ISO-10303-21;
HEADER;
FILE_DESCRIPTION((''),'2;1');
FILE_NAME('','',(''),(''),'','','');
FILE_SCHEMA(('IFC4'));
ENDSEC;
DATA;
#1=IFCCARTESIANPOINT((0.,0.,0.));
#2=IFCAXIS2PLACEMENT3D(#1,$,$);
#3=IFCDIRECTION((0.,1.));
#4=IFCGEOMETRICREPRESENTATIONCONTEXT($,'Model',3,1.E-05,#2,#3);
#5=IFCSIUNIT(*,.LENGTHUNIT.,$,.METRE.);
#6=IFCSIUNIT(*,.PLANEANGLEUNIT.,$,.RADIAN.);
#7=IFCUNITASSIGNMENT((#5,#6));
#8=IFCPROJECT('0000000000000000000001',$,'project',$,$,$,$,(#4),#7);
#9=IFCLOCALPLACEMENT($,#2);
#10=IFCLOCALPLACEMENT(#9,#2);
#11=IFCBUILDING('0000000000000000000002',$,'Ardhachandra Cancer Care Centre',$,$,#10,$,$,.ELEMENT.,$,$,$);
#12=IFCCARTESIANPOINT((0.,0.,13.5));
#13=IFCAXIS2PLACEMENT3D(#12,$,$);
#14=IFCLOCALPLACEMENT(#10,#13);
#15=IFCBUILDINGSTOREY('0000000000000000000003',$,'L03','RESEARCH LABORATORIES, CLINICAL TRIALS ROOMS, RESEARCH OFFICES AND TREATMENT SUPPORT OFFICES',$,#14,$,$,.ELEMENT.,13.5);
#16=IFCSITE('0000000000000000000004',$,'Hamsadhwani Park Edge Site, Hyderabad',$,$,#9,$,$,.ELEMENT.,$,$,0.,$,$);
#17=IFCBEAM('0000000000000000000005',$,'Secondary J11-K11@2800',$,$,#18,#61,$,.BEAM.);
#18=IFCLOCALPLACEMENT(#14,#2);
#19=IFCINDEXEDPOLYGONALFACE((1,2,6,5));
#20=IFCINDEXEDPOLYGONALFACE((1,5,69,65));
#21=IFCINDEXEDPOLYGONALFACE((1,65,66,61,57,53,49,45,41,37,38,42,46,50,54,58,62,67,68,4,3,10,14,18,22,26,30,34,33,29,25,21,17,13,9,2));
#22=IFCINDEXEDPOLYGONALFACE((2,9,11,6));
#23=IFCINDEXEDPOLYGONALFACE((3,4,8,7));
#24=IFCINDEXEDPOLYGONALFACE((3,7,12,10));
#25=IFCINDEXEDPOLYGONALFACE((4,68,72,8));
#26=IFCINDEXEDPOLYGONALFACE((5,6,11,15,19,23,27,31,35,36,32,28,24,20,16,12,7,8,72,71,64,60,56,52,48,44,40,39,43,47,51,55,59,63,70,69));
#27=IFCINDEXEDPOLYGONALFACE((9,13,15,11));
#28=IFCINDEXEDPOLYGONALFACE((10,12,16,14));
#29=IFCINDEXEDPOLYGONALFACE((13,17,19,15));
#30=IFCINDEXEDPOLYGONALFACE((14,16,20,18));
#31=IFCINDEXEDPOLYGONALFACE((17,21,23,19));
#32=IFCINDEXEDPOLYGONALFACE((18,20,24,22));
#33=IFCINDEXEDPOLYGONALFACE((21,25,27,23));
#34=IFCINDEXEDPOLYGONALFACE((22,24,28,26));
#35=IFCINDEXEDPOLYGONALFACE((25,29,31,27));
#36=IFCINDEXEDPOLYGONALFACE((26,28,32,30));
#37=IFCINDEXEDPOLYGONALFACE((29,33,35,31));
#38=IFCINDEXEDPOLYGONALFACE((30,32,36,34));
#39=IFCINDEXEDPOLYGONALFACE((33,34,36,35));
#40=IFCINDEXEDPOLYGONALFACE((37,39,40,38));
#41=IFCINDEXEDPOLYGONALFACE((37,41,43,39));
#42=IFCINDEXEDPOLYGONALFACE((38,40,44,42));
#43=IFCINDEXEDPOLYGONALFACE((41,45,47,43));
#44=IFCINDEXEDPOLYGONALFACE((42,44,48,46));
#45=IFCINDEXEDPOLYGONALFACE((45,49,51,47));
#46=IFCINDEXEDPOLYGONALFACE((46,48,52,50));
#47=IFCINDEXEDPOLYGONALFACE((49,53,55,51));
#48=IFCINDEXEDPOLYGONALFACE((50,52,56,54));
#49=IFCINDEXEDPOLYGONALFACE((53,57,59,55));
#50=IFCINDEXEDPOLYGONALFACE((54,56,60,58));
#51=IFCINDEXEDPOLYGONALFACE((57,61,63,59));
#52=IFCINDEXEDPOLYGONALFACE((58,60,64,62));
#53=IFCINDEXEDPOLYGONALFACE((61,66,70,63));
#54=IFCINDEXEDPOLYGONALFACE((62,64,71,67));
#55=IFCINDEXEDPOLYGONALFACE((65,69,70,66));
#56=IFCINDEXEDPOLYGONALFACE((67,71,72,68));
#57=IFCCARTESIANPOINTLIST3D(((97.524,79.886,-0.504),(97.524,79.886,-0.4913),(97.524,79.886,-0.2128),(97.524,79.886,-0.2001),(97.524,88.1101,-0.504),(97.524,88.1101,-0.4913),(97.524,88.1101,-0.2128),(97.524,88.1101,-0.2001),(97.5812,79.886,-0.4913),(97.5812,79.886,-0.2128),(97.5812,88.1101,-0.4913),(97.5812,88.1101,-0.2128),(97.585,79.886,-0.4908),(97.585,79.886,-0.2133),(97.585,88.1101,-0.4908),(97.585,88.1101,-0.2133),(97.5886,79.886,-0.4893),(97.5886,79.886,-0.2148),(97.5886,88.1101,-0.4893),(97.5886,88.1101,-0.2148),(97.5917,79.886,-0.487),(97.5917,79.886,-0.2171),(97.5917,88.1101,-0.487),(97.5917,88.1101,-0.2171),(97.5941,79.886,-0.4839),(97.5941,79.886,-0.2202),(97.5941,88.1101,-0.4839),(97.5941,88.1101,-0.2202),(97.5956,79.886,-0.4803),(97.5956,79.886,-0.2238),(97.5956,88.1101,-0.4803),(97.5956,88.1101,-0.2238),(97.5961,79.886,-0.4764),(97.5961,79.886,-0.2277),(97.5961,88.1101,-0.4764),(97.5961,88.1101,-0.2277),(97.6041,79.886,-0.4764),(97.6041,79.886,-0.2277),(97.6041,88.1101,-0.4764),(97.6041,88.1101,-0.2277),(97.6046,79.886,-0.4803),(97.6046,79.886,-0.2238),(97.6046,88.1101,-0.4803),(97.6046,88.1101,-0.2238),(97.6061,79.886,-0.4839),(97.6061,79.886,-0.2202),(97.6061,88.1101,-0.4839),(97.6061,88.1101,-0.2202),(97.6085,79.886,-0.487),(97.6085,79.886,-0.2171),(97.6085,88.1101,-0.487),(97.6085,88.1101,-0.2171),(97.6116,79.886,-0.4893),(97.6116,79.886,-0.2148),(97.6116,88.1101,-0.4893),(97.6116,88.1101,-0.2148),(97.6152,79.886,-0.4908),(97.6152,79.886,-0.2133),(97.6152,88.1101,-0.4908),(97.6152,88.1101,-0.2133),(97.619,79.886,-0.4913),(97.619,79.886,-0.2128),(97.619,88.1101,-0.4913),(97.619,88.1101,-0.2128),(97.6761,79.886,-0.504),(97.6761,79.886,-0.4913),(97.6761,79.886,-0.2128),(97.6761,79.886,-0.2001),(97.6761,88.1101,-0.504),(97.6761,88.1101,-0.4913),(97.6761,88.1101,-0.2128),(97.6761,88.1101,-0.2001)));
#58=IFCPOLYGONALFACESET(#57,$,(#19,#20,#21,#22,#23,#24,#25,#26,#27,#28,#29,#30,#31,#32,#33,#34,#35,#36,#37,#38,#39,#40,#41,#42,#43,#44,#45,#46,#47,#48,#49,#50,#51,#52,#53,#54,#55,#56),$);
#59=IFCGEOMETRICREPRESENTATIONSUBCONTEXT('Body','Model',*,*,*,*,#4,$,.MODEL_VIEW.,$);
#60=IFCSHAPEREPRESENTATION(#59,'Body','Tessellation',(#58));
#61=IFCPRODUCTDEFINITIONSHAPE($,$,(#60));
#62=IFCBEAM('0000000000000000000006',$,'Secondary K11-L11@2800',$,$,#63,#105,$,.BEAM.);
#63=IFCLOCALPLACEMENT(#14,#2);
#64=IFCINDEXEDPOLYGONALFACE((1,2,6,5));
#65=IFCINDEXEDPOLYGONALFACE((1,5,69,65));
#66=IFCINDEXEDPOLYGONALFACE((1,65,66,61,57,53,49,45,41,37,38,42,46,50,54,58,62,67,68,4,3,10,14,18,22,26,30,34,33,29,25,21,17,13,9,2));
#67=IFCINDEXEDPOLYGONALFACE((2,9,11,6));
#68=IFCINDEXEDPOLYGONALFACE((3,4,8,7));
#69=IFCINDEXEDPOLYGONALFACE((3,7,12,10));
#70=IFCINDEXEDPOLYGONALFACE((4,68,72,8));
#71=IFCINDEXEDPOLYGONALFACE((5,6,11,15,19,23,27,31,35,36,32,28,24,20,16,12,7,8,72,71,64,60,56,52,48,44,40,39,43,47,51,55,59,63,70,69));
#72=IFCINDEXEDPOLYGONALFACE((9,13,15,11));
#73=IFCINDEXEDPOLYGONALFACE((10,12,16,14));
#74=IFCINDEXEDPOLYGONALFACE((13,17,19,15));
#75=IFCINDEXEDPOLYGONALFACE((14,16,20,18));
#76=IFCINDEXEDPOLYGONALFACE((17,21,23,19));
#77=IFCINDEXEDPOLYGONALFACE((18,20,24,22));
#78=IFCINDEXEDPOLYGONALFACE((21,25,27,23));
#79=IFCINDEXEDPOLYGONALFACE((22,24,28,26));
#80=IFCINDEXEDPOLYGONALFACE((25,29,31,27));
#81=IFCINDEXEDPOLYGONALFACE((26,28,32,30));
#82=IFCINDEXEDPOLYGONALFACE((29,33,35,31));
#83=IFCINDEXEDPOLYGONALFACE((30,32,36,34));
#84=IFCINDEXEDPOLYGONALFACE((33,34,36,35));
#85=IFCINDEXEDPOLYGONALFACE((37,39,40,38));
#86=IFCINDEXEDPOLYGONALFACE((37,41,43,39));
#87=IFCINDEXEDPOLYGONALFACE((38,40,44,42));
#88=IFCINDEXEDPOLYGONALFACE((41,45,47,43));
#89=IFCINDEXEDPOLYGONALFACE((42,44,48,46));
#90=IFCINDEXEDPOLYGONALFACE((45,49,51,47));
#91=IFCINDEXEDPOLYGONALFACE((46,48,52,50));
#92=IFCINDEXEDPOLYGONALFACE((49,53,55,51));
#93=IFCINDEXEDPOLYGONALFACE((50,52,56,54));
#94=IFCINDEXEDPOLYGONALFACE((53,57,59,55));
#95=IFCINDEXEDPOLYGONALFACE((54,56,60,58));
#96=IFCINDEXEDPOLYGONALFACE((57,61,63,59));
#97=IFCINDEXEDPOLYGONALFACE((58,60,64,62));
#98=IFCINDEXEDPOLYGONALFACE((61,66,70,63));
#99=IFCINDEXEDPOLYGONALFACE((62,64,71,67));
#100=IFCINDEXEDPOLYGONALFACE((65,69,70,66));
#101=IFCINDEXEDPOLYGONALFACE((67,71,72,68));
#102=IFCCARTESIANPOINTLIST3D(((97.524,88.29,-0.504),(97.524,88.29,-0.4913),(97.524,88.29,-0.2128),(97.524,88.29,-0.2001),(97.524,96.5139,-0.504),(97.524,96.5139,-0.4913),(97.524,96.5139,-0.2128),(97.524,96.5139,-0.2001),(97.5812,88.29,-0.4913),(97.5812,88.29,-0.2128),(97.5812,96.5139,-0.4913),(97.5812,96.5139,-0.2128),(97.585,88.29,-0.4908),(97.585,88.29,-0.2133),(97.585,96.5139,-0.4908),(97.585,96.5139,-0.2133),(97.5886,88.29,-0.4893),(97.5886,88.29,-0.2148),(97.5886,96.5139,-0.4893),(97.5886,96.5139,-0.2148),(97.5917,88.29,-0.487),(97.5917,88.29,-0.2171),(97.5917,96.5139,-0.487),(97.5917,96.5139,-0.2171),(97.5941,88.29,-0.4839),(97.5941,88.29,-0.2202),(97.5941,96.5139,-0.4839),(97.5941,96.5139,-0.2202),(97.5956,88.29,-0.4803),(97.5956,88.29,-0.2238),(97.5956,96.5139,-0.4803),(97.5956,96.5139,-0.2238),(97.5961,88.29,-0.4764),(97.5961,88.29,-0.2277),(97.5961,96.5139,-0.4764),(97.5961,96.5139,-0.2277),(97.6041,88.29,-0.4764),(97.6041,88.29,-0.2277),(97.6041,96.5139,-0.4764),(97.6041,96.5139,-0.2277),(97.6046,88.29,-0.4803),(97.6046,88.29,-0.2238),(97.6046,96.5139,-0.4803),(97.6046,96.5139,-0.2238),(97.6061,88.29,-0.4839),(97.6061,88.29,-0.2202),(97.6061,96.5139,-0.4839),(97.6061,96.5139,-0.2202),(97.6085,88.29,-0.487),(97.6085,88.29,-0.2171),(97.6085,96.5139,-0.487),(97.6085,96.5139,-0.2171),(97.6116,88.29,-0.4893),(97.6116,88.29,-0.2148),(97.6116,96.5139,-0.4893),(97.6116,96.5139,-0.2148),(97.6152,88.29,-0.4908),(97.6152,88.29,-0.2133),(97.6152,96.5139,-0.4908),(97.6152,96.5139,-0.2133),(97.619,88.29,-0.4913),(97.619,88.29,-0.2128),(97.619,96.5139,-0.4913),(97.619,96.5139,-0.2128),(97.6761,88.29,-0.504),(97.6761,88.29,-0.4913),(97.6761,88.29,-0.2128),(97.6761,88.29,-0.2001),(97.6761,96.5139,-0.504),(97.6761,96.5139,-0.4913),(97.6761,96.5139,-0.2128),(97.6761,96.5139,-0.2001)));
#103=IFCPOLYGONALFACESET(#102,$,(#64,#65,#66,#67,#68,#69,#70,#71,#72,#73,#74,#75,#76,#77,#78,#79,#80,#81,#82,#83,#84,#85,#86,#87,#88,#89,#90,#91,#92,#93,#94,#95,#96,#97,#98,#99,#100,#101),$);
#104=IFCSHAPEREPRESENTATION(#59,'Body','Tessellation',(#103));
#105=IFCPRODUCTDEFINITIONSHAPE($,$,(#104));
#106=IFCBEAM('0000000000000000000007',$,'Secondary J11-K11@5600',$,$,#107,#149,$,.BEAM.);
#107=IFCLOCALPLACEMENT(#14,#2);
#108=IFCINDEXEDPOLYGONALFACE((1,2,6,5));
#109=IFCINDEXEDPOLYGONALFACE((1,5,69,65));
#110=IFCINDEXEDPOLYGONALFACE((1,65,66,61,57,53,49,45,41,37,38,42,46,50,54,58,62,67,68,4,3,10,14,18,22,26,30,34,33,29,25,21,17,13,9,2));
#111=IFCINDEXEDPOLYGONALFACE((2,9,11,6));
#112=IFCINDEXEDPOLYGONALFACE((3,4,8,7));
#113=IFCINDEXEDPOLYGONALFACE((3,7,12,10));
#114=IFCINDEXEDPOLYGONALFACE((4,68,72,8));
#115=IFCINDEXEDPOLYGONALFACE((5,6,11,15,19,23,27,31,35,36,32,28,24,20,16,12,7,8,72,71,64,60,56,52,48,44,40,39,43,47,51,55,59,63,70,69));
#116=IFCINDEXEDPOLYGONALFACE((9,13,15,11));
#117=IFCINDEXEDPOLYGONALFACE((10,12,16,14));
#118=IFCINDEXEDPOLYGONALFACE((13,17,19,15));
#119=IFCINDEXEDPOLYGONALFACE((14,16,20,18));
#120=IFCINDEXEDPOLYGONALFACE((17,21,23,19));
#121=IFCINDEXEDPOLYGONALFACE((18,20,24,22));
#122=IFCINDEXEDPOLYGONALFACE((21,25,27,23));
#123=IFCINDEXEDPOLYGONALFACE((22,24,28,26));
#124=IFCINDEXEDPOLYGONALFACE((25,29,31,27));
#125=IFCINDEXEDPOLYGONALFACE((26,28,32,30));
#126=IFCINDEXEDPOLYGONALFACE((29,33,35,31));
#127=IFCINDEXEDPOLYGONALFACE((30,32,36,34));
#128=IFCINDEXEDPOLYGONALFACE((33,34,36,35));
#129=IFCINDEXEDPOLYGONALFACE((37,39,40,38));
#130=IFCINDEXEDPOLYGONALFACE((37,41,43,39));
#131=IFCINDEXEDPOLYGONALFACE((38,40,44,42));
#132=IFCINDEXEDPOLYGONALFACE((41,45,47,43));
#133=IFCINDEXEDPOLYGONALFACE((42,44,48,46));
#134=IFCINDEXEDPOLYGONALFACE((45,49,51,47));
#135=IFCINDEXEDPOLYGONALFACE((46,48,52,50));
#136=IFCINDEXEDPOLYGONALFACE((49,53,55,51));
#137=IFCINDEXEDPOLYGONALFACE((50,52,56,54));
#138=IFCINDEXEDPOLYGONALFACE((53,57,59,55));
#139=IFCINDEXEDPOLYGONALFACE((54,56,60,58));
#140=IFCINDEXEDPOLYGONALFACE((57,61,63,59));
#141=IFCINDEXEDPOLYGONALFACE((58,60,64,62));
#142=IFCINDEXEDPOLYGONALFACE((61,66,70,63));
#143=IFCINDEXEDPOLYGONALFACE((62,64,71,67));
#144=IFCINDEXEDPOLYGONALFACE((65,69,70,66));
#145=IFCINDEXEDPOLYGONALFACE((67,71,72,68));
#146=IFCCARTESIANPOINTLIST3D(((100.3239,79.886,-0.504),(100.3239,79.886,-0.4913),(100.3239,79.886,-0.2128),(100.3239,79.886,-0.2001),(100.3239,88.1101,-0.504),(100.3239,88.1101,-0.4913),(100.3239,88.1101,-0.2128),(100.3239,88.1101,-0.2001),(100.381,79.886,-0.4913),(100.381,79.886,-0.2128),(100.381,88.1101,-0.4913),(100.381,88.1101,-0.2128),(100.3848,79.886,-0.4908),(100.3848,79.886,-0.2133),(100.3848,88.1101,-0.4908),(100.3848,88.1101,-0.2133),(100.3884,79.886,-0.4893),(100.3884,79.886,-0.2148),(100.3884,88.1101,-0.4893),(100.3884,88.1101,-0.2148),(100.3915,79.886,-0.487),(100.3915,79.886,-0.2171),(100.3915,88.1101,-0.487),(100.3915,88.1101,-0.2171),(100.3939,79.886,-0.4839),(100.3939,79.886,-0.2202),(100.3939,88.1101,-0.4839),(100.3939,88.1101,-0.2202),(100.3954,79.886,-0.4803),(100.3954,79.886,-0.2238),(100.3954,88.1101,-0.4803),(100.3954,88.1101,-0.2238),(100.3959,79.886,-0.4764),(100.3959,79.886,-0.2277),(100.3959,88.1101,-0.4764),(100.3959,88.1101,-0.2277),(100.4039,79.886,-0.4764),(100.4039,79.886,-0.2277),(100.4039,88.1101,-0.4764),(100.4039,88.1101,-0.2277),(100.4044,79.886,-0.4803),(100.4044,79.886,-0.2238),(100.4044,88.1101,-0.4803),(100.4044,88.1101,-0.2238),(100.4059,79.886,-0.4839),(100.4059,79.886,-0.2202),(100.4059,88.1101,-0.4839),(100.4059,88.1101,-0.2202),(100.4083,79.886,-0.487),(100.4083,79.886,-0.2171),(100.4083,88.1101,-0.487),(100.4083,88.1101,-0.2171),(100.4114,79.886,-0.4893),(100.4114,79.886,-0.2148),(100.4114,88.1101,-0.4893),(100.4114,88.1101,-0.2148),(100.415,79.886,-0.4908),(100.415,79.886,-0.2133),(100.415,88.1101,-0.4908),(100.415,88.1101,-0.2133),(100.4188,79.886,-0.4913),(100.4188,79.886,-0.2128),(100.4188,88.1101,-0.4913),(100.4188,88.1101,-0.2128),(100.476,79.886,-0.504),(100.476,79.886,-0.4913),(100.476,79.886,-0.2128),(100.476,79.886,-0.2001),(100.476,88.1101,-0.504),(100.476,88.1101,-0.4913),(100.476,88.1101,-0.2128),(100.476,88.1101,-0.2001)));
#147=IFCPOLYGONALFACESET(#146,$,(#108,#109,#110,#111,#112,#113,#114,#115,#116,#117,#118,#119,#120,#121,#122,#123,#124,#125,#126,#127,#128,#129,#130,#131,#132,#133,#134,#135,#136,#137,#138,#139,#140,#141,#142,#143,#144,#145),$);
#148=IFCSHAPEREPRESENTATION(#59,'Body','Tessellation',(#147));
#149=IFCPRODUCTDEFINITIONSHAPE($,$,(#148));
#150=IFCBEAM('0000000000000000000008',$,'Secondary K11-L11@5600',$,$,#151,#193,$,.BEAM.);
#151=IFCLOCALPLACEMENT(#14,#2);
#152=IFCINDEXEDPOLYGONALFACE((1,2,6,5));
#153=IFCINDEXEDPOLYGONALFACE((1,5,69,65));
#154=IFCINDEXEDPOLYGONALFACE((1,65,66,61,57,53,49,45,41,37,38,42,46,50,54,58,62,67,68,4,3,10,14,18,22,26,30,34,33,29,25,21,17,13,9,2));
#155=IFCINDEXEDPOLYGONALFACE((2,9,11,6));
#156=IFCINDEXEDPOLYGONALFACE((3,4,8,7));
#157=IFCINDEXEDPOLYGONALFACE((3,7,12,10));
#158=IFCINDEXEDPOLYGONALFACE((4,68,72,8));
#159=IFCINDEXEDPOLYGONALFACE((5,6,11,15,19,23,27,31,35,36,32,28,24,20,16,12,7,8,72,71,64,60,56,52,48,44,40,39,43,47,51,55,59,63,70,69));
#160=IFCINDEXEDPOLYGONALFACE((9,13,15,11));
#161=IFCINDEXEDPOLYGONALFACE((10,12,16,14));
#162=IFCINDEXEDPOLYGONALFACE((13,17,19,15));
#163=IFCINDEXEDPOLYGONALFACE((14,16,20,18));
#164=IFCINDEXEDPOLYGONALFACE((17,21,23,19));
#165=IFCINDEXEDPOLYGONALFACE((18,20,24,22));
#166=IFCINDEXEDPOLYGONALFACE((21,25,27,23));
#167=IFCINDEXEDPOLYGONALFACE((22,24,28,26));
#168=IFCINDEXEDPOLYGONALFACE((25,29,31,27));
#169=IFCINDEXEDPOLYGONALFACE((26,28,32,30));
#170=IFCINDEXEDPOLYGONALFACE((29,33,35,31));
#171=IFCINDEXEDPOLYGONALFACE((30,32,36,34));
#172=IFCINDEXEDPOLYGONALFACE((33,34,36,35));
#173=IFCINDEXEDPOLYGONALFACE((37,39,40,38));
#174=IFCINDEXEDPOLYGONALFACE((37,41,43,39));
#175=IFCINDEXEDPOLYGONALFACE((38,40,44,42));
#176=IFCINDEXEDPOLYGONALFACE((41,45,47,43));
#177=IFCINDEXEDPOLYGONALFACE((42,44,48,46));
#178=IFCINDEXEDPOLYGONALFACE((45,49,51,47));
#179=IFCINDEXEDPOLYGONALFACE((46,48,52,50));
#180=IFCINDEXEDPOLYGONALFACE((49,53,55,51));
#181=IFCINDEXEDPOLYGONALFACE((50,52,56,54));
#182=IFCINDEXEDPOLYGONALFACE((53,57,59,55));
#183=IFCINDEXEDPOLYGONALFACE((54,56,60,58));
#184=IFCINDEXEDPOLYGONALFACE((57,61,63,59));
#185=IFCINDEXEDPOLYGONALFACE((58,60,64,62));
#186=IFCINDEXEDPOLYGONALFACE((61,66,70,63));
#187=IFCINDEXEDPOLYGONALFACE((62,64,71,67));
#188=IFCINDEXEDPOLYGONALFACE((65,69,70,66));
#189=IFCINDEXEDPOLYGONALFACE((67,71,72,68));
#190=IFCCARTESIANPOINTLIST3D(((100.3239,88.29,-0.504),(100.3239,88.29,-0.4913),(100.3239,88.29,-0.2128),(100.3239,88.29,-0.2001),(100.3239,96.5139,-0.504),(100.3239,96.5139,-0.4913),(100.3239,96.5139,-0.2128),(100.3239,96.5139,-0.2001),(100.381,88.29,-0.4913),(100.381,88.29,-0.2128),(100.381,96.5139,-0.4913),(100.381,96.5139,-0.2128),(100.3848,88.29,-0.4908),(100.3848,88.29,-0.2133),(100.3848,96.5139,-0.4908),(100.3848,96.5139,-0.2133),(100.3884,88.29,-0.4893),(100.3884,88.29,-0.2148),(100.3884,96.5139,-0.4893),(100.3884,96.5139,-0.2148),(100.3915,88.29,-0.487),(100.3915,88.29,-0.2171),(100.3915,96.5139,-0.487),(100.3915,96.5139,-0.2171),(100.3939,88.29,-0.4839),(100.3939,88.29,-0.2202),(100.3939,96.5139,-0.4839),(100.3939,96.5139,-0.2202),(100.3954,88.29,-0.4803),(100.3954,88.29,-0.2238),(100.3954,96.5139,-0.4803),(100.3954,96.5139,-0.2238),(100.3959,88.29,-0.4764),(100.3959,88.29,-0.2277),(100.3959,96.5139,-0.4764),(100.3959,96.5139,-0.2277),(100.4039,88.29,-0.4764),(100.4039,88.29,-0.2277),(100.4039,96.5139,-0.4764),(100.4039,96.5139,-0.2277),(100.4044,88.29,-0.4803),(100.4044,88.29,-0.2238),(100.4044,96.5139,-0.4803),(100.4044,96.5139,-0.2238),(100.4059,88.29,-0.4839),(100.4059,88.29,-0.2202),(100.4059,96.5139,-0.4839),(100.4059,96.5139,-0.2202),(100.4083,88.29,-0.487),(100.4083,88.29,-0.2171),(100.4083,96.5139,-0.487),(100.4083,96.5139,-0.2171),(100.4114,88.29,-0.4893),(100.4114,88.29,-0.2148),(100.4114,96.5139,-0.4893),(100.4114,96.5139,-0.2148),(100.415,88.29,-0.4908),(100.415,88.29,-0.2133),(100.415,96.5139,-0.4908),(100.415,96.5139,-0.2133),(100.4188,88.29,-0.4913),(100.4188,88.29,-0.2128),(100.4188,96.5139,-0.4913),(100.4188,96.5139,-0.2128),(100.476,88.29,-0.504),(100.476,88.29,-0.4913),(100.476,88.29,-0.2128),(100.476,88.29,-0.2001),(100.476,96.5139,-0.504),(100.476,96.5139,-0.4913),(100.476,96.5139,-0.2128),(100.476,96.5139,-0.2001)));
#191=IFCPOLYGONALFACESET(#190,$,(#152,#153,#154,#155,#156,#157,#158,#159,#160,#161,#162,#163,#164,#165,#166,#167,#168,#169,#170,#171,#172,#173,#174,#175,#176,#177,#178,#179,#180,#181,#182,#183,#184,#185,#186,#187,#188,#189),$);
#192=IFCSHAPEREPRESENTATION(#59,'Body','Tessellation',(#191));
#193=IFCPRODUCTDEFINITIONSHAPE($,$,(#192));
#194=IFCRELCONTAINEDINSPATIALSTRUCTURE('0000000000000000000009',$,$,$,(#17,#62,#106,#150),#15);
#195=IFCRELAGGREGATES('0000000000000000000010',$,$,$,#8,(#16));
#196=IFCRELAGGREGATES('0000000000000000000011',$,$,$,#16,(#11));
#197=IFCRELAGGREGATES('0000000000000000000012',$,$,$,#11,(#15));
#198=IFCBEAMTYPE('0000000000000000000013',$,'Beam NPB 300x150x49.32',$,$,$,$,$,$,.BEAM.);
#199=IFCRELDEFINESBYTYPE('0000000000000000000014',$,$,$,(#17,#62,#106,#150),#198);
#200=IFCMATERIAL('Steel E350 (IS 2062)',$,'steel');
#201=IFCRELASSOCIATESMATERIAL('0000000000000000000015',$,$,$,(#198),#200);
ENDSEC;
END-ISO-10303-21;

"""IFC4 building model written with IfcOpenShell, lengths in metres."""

from ifc_helpers import new_model, si_unit, direction, frame, origin, origin_2d, place, context, subcontext, project, spatial, i_section, extrude, material, material_profile, profile_set, type_object, element, save


model = new_model("IFC4")

# Units and contexts
model_context = context("Model", 3, precision=1e-05, world=origin(), true_north=direction((0.0, 1.0)))
body_context = subcontext(model_context, "Body", "Model", "MODEL_VIEW")
ifc_project = project(units=[si_unit("LENGTHUNIT", "METRE"), si_unit("PLANEANGLEUNIT", "RADIAN")], contexts=[model_context])

# Site, building, storey
site_placement = place(None, origin())
site = spatial("IfcSite", under=ifc_project, at=site_placement, Name="Hamsadhwani Park Edge Site, Hyderabad", CompositionType="ELEMENT", RefElevation=0.0)
building_placement = place(site_placement, origin())
building = spatial("IfcBuilding", under=site, at=building_placement, Name="Ardhachandra Cancer Care Centre", CompositionType="ELEMENT")
storey_placement = place(building_placement, frame((0.0, 0.0, 13.5)))
storey = spatial("IfcBuildingStorey", under=building, at=storey_placement, Name="L03", Description="RESEARCH LABORATORIES, CLINICAL TRIALS ROOMS, RESEARCH OFFICES AND TREATMENT SUPPORT OFFICES", CompositionType="ELEMENT", Elevation=13.5)

# Beams
ifc_material_1 = material(Name="Steel E350 (IS 2062)", Category="steel")
ifc_material_profile_1 = material_profile(ifc_material_1, i_section(OverallWidth=0.1521, OverallDepth=0.304, WebThickness=0.0081, FlangeThickness=0.0127, FilletRadius=0.0149, at=origin_2d()), Name="NPB 300x150x49.32")
ifc_profile_set_1 = profile_set([ifc_material_profile_1], Name="Steel E350 (IS 2062)")
beam_type_1 = type_object("IfcBeamType", Name="Beam NPB 300x150x49.32", PredefinedType="BEAM", material=ifc_profile_set_1)
beam_1_placement = place(storey_placement, frame((97.6001, 79.886, -0.3521), z_axis=(0.0, 1.0, 0.0), x_axis=(-1.0, 0.0, 0.0)))
element("IfcBeam", 1, at=beam_1_placement, inside=storey, type_object=beam_type_1, Name="Secondary J11-K11@2800", PredefinedType="BEAM", context=body_context, shape_type="SweptSolid", body=[
    extrude(i_section(OverallWidth=0.1521, OverallDepth=0.304, WebThickness=0.0081, FlangeThickness=0.0127, FilletRadius=0.0149, at=origin_2d()), origin(), (0.0, 0.0, 1.0), 8.2241),
])
beam_2_placement = place(storey_placement, frame((97.6001, 88.29, -0.3521), z_axis=(0.0, 1.0, 0.0), x_axis=(-1.0, 0.0, 0.0)))
element("IfcBeam", 2, at=beam_2_placement, inside=storey, type_object=beam_type_1, Name="Secondary K11-L11@2800", PredefinedType="BEAM", context=body_context, shape_type="SweptSolid", body=[
    extrude(i_section(OverallWidth=0.1521, OverallDepth=0.304, WebThickness=0.0081, FlangeThickness=0.0127, FilletRadius=0.0149, at=origin_2d()), origin(), (0.0, 0.0, 1.0), 8.2239),
])
beam_3_placement = place(storey_placement, frame((100.3999, 79.886, -0.3521), z_axis=(0.0, 1.0, 0.0), x_axis=(-1.0, 0.0, 0.0)))
element("IfcBeam", 3, at=beam_3_placement, inside=storey, type_object=beam_type_1, Name="Secondary J11-K11@5600", PredefinedType="BEAM", context=body_context, shape_type="SweptSolid", body=[
    extrude(i_section(OverallWidth=0.1521, OverallDepth=0.304, WebThickness=0.0081, FlangeThickness=0.0127, FilletRadius=0.0149, at=origin_2d()), origin(), (0.0, 0.0, 1.0), 8.2241),
])
beam_4_placement = place(storey_placement, frame((100.3999, 88.29, -0.3521), z_axis=(0.0, 1.0, 0.0), x_axis=(-1.0, 0.0, 0.0)))
element("IfcBeam", 4, at=beam_4_placement, inside=storey, type_object=beam_type_1, Name="Secondary K11-L11@5600", PredefinedType="BEAM", context=body_context, shape_type="SweptSolid", body=[
    extrude(i_section(OverallWidth=0.1521, OverallDepth=0.304, WebThickness=0.0081, FlangeThickness=0.0127, FilletRadius=0.0149, at=origin_2d()), origin(), (0.0, 0.0, 1.0), 8.2239),
])

save(model, "model.ifc")
